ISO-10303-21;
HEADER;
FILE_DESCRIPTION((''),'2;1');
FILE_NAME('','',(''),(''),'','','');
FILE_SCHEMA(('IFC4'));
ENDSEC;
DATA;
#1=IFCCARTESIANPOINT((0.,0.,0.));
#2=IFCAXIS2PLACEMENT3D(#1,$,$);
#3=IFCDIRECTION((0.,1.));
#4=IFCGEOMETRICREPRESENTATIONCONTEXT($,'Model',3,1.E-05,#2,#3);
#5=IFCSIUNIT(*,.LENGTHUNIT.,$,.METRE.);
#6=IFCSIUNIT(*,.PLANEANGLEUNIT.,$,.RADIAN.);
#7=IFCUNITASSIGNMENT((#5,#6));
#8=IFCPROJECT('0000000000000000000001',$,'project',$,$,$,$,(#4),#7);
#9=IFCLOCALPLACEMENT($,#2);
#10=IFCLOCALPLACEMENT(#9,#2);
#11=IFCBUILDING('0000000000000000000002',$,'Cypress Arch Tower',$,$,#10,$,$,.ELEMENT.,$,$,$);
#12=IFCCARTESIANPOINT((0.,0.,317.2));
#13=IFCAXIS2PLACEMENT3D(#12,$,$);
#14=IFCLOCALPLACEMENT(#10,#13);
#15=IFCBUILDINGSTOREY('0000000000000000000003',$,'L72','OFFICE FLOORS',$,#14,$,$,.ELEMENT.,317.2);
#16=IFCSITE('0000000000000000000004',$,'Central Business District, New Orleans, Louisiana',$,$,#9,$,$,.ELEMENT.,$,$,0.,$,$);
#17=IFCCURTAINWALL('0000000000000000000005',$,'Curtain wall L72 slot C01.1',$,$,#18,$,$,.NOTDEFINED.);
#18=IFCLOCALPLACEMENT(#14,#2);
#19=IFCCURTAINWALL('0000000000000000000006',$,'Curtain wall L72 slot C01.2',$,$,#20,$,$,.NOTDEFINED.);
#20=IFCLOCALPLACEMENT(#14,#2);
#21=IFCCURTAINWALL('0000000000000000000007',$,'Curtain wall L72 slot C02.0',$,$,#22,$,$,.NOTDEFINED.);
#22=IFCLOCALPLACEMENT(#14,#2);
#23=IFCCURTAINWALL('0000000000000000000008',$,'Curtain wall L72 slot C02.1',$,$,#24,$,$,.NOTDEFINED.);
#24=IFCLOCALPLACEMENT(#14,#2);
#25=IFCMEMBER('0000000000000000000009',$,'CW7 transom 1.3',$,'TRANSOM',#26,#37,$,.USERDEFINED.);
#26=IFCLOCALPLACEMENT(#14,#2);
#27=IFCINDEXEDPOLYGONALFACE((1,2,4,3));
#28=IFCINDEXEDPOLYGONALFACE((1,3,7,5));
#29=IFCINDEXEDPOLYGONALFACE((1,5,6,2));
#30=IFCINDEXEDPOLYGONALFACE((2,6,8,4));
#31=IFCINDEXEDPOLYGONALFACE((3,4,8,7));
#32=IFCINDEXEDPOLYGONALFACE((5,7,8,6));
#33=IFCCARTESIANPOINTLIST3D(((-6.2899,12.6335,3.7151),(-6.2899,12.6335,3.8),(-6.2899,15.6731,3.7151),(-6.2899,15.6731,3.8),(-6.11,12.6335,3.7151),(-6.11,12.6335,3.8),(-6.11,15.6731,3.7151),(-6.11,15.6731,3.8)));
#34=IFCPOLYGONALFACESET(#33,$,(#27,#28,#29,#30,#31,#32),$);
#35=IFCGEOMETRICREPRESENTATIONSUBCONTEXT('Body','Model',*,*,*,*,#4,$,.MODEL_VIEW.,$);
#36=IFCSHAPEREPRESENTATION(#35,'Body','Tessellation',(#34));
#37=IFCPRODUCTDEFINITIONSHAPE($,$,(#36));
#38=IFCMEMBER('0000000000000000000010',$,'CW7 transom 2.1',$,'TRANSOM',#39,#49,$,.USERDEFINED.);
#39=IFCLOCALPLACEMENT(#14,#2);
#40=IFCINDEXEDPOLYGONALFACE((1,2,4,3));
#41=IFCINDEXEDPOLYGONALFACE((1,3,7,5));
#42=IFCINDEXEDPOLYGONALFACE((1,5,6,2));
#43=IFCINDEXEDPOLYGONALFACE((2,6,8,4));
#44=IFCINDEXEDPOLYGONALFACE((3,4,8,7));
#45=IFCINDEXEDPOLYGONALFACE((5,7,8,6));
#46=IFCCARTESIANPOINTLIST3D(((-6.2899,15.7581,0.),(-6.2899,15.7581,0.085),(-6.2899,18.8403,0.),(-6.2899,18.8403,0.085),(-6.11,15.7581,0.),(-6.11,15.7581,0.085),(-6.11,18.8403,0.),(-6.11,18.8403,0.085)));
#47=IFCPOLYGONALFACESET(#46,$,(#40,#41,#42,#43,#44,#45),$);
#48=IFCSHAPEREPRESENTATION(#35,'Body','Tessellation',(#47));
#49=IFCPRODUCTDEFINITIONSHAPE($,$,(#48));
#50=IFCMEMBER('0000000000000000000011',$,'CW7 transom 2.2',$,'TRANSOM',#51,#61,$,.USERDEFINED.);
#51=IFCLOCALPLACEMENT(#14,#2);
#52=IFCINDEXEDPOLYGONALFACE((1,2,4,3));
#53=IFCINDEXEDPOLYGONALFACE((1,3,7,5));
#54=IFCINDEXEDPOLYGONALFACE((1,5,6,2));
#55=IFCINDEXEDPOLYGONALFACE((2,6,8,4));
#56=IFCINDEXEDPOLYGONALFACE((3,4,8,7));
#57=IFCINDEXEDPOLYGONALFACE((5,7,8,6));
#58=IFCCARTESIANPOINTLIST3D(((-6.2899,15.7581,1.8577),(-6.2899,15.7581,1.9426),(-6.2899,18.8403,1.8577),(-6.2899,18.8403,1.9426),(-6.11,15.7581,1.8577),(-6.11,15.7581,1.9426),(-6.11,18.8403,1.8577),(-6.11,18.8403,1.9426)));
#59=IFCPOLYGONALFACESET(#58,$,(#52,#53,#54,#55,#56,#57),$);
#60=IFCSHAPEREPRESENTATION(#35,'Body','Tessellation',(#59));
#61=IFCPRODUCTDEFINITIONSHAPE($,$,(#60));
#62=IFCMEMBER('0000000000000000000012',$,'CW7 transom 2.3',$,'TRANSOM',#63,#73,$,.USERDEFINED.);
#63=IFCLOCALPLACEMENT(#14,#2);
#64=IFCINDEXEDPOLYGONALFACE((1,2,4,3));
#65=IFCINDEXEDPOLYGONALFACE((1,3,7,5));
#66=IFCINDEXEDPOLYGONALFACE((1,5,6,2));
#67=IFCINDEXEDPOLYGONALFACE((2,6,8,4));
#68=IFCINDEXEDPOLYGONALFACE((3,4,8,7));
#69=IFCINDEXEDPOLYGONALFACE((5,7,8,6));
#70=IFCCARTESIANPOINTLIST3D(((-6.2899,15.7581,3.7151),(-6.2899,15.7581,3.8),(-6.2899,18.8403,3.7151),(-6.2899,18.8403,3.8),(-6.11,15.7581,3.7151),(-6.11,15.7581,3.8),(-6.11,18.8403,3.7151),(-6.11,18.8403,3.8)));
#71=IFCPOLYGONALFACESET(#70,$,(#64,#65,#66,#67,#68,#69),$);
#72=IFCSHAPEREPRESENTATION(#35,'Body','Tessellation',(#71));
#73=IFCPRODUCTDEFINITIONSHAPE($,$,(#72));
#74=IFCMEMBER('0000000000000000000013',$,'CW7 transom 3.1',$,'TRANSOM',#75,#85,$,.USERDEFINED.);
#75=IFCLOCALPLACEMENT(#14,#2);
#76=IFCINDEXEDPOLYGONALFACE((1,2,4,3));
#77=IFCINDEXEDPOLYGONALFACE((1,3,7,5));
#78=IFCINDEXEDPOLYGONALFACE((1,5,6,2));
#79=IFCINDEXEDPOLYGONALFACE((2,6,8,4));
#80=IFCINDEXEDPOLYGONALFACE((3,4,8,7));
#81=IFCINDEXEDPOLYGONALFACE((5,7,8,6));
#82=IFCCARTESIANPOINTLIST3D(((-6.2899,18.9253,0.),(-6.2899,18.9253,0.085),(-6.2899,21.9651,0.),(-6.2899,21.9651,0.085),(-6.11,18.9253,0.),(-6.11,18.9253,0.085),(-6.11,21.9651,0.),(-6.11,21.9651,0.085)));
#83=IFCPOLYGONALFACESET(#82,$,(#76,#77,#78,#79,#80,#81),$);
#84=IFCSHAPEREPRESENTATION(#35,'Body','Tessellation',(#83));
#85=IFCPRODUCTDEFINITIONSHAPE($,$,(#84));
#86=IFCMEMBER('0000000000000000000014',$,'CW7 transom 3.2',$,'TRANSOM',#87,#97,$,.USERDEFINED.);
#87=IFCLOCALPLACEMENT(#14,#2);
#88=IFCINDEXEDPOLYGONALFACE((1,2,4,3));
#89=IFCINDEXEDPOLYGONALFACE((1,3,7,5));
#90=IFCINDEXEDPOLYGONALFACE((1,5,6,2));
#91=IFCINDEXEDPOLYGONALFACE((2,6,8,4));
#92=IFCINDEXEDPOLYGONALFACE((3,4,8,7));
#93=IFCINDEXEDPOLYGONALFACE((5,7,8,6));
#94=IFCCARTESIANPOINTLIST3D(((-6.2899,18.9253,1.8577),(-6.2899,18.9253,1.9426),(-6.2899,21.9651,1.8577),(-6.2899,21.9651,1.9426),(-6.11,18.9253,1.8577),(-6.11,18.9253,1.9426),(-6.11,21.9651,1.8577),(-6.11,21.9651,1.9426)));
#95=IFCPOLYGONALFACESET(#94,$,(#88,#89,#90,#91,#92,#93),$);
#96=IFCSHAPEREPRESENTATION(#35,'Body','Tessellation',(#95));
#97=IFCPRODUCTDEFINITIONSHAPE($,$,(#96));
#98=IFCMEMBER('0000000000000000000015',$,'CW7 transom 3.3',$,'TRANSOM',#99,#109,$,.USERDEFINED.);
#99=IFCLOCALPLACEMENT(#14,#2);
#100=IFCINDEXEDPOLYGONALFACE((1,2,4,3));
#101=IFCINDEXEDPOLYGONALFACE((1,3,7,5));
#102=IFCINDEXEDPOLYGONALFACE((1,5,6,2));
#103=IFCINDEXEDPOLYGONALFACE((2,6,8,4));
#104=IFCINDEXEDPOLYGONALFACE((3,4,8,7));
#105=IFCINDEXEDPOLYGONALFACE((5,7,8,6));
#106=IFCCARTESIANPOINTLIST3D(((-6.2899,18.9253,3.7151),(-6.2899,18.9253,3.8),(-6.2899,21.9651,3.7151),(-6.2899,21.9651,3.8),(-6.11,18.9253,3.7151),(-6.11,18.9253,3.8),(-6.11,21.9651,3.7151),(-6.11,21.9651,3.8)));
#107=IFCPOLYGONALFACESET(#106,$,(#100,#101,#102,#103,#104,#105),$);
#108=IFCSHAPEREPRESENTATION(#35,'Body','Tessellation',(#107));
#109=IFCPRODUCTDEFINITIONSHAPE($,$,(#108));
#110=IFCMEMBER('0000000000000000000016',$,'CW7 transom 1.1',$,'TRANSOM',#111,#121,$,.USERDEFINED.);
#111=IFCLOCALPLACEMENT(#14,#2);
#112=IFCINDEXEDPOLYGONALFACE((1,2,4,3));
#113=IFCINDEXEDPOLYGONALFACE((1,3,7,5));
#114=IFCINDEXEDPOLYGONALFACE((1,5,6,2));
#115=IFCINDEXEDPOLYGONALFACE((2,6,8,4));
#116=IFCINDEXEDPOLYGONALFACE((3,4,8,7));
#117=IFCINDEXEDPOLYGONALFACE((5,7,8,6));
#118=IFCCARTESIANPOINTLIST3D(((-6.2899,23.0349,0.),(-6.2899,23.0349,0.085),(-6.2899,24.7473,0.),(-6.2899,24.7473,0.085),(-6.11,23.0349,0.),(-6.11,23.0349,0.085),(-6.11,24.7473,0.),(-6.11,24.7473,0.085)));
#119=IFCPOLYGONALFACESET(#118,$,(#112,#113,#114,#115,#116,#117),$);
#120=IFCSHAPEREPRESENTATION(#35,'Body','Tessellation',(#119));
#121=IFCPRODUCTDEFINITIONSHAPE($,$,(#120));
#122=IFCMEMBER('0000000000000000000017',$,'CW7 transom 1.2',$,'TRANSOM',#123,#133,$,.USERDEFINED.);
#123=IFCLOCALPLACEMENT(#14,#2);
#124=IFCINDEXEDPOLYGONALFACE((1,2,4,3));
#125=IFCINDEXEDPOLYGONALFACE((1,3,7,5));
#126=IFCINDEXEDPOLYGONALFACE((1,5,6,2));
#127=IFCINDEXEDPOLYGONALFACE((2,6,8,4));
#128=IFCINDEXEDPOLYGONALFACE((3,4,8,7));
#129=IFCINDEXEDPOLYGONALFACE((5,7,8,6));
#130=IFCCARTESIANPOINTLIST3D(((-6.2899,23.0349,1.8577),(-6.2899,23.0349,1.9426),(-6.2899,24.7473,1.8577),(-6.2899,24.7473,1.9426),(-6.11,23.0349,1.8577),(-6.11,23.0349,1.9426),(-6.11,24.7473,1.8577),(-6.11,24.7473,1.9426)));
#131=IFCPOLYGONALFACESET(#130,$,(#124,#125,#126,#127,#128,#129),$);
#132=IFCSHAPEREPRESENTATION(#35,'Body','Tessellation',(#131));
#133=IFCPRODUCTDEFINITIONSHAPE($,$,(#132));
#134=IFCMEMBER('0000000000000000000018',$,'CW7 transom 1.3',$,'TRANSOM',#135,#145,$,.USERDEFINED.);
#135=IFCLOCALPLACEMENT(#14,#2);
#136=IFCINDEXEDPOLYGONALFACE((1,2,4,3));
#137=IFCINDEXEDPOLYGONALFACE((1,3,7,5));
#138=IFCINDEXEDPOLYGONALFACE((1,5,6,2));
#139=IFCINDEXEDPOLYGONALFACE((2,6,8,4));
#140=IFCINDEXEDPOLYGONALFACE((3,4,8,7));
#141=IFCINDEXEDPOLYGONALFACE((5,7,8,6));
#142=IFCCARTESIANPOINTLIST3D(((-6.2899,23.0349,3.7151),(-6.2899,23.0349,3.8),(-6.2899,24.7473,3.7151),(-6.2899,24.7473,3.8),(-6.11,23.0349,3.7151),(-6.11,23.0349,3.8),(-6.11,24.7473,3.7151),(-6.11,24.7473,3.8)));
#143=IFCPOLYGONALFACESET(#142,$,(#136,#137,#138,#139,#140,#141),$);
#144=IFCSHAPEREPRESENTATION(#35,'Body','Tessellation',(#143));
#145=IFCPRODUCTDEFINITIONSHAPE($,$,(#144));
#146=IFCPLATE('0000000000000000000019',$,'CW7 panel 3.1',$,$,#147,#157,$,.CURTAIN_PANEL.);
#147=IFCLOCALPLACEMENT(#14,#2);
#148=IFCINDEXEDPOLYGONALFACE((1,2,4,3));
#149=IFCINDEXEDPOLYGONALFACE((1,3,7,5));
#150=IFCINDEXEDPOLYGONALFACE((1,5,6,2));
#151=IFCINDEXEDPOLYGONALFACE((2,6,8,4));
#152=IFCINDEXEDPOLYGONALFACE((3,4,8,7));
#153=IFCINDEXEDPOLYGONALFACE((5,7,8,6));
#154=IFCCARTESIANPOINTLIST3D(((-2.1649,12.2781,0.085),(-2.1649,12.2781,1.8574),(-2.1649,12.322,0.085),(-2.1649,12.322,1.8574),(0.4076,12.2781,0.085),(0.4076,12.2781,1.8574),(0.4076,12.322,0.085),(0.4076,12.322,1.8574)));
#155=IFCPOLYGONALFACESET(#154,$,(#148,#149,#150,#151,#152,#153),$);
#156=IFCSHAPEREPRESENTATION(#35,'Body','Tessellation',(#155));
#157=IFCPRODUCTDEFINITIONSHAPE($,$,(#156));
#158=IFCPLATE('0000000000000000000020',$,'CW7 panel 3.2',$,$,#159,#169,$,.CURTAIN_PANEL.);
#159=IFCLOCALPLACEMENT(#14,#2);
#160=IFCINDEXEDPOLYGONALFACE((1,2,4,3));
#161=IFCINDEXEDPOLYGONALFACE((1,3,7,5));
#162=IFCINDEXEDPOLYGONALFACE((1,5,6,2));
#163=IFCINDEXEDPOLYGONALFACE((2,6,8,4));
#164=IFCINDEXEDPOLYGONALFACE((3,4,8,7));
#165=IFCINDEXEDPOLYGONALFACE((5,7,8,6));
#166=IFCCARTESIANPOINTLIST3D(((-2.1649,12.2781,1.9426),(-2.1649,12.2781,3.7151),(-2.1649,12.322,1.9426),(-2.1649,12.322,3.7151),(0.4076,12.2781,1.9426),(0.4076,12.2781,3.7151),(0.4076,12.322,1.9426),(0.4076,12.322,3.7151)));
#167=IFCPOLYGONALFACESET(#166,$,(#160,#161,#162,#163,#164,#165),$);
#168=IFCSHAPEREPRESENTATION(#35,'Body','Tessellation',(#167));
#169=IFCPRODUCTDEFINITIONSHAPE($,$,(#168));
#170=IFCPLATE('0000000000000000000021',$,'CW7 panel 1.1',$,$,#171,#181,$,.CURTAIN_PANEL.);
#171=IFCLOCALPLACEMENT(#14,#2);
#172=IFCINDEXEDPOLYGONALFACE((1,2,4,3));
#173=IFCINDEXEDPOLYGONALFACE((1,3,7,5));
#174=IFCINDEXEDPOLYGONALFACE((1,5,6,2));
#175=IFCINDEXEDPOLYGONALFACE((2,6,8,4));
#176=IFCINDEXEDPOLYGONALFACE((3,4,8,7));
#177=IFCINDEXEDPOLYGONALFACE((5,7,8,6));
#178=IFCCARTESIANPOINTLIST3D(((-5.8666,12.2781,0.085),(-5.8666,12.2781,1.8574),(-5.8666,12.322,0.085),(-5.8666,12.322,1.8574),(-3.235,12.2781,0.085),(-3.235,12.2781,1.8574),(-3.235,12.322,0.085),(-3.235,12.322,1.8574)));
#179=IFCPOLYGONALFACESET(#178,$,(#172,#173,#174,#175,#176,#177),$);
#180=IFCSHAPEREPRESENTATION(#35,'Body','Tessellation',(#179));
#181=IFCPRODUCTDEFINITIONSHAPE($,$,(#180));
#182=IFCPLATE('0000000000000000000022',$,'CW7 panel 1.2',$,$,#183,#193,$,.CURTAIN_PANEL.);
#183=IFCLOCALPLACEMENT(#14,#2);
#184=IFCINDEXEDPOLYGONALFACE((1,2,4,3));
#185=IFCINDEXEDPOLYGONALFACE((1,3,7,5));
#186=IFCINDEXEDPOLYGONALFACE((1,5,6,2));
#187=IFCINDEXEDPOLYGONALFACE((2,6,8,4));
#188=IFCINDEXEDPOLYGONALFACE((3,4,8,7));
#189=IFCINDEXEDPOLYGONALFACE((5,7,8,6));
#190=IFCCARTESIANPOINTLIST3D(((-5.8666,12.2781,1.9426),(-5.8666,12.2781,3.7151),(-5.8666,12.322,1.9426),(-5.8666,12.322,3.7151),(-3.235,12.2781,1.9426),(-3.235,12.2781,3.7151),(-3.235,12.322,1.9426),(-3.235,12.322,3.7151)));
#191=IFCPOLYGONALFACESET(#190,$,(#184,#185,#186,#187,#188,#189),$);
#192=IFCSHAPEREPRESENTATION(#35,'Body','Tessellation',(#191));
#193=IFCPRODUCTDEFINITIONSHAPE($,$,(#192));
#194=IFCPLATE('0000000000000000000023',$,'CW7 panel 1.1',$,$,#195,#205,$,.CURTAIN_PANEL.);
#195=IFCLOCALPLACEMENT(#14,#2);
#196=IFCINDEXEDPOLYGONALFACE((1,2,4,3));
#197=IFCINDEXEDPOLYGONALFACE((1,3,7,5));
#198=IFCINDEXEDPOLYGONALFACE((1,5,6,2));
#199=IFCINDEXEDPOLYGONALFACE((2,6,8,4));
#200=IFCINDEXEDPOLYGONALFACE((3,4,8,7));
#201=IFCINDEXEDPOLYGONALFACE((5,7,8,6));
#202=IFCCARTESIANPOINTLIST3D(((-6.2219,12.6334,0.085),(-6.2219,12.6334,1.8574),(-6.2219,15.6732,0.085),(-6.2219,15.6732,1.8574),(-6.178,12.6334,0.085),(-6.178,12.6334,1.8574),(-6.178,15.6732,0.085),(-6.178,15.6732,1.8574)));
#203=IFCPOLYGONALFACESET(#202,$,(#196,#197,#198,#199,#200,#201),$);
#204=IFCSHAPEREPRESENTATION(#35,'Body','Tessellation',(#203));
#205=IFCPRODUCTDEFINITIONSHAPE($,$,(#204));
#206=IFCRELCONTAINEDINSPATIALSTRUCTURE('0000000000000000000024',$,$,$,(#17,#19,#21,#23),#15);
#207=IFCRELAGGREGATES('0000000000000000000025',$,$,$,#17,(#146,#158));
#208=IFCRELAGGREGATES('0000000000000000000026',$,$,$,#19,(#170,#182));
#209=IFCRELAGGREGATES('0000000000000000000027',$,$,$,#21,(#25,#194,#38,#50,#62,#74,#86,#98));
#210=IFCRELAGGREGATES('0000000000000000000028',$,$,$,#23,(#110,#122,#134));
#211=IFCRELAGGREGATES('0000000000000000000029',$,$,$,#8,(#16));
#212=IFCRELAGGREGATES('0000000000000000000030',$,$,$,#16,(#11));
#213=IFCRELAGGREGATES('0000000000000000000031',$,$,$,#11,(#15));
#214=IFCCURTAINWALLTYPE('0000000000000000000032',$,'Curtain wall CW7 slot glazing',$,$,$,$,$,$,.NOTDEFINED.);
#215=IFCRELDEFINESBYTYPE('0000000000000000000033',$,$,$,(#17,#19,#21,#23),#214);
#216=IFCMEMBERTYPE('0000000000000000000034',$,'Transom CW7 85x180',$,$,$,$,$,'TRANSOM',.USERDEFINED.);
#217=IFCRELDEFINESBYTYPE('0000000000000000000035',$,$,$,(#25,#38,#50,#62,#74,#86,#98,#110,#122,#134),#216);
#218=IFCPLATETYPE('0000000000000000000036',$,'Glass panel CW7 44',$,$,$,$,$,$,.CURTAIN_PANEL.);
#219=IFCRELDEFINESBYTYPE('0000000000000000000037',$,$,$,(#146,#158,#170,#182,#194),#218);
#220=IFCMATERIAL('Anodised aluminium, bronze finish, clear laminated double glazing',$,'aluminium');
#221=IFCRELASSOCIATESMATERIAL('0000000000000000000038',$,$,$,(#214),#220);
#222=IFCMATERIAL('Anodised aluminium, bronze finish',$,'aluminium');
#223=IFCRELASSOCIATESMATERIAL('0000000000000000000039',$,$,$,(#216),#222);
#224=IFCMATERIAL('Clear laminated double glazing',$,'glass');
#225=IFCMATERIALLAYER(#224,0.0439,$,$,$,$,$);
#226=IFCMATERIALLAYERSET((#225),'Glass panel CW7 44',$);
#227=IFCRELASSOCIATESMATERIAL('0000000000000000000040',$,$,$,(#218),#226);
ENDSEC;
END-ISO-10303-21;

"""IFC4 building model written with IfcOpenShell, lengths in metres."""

from ifc_helpers import new_model, si_unit, direction, frame, origin, origin_2d, place, context, subcontext, project, spatial, rectangle, extrude, material, layer, layer_set, material_profile, profile_set, type_object, element, aggregate, save


model = new_model("IFC4")

# Units and contexts
model_context = context("Model", 3, precision=1e-05, world=origin(), true_north=direction((0.0, 1.0)))
body_context = subcontext(model_context, "Body", "Model", "MODEL_VIEW")
ifc_project = project(units=[si_unit("LENGTHUNIT", "METRE"), si_unit("PLANEANGLEUNIT", "RADIAN")], contexts=[model_context])

# Site, building, storey
site_placement = place(None, origin())
site = spatial("IfcSite", under=ifc_project, at=site_placement, Name="Central Business District, New Orleans, Louisiana", CompositionType="ELEMENT", RefElevation=0.0)
building_placement = place(site_placement, origin())
building = spatial("IfcBuilding", under=site, at=building_placement, Name="Cypress Arch Tower", CompositionType="ELEMENT")
storey_placement = place(building_placement, frame((0.0, 0.0, 317.2)))
storey = spatial("IfcBuildingStorey", under=building, at=storey_placement, Name="L72", Description="OFFICE FLOORS", CompositionType="ELEMENT", Elevation=317.2)

# Curtain wall
ifc_material_1 = material(Name="Anodised aluminium, bronze finish, clear laminated double glazing", Category="aluminium")
curtain_wall_type = type_object("IfcCurtainWallType", Name="Curtain wall CW7 slot glazing", PredefinedType="NOTDEFINED", material=ifc_material_1)
curtain_wall_1_placement = place(storey_placement, origin())
curtain_wall_1 = element("IfcCurtainWall", 1, at=curtain_wall_1_placement, inside=storey, type_object=curtain_wall_type, Name="Curtain wall L72 slot C01.1", PredefinedType="NOTDEFINED")

# Curtain walls
curtain_wall_2_placement = place(storey_placement, origin())
curtain_wall_2 = element("IfcCurtainWall", 2, at=curtain_wall_2_placement, inside=storey, type_object=curtain_wall_type, Name="Curtain wall L72 slot C01.2", PredefinedType="NOTDEFINED")
curtain_wall_3_placement = place(storey_placement, origin())
curtain_wall_3 = element("IfcCurtainWall", 3, at=curtain_wall_3_placement, inside=storey, type_object=curtain_wall_type, Name="Curtain wall L72 slot C02.0", PredefinedType="NOTDEFINED")
curtain_wall_4_placement = place(storey_placement, origin())
curtain_wall_4 = element("IfcCurtainWall", 4, at=curtain_wall_4_placement, inside=storey, type_object=curtain_wall_type, Name="Curtain wall L72 slot C02.1", PredefinedType="NOTDEFINED")

# Members
ifc_material_2 = material(Name="Anodised aluminium, bronze finish", Category="aluminium")
ifc_material_profile_1 = material_profile(ifc_material_2, rectangle(XDim=0.1799, YDim=0.085, at=origin_2d()), Name="Transom 85x180")
ifc_profile_set_1 = profile_set([ifc_material_profile_1], Name="Anodised aluminium, bronze finish")
member_type_1 = type_object("IfcMemberType", Name="Transom CW7 85x180", ElementType="TRANSOM", PredefinedType="USERDEFINED", material=ifc_profile_set_1)
member_1_placement = place(storey_placement, frame((-6.2, 12.6335, 3.7576), z_axis=(0.0, 1.0, 0.0), x_axis=(-1.0, 0.0, 0.0)))
member_1 = element("IfcMember", 5, at=member_1_placement, type_object=member_type_1, Name="CW7 transom 1.3", ObjectType="TRANSOM", PredefinedType="USERDEFINED", context=body_context, shape_type="SweptSolid", body=[
    extrude(rectangle(XDim=0.1799, YDim=0.085, at=origin_2d()), origin(), (0.0, 0.0, 1.0), 3.0396),
])
member_2_placement = place(storey_placement, frame((-6.2, 15.7581, 0.0425), z_axis=(0.0, 1.0, 0.0), x_axis=(-1.0, 0.0, 0.0)))
member_2 = element("IfcMember", 6, at=member_2_placement, type_object=member_type_1, Name="CW7 transom 2.1", ObjectType="TRANSOM", PredefinedType="USERDEFINED", context=body_context, shape_type="SweptSolid", body=[
    extrude(rectangle(XDim=0.1799, YDim=0.085, at=origin_2d()), origin(), (0.0, 0.0, 1.0), 3.0823),
])
member_3_placement = place(storey_placement, frame((-6.2, 15.7581, 1.9001), z_axis=(0.0, 1.0, 0.0), x_axis=(-1.0, 0.0, 0.0)))
member_3 = element("IfcMember", 7, at=member_3_placement, type_object=member_type_1, Name="CW7 transom 2.2", ObjectType="TRANSOM", PredefinedType="USERDEFINED", context=body_context, shape_type="SweptSolid", body=[
    extrude(rectangle(XDim=0.1799, YDim=0.085, at=origin_2d()), origin(), (0.0, 0.0, 1.0), 3.0823),
])
member_4_placement = place(storey_placement, frame((-6.2, 15.7581, 3.7576), z_axis=(0.0, 1.0, 0.0), x_axis=(-1.0, 0.0, 0.0)))
member_4 = element("IfcMember", 8, at=member_4_placement, type_object=member_type_1, Name="CW7 transom 2.3", ObjectType="TRANSOM", PredefinedType="USERDEFINED", context=body_context, shape_type="SweptSolid", body=[
    extrude(rectangle(XDim=0.1799, YDim=0.085, at=origin_2d()), origin(), (0.0, 0.0, 1.0), 3.0823),
])
member_5_placement = place(storey_placement, frame((-6.2, 18.9253, 0.0425), z_axis=(0.0, 1.0, 0.0), x_axis=(-1.0, 0.0, 0.0)))
member_5 = element("IfcMember", 9, at=member_5_placement, type_object=member_type_1, Name="CW7 transom 3.1", ObjectType="TRANSOM", PredefinedType="USERDEFINED", context=body_context, shape_type="SweptSolid", body=[
    extrude(rectangle(XDim=0.1799, YDim=0.085, at=origin_2d()), origin(), (0.0, 0.0, 1.0), 3.0398),
])
member_6_placement = place(storey_placement, frame((-6.2, 18.9253, 1.9001), z_axis=(0.0, 1.0, 0.0), x_axis=(-1.0, 0.0, 0.0)))
member_6 = element("IfcMember", 10, at=member_6_placement, type_object=member_type_1, Name="CW7 transom 3.2", ObjectType="TRANSOM", PredefinedType="USERDEFINED", context=body_context, shape_type="SweptSolid", body=[
    extrude(rectangle(XDim=0.1799, YDim=0.085, at=origin_2d()), origin(), (0.0, 0.0, 1.0), 3.0398),
])
member_7_placement = place(storey_placement, frame((-6.2, 18.9253, 3.7576), z_axis=(0.0, 1.0, 0.0), x_axis=(-1.0, 0.0, 0.0)))
member_7 = element("IfcMember", 11, at=member_7_placement, type_object=member_type_1, Name="CW7 transom 3.3", ObjectType="TRANSOM", PredefinedType="USERDEFINED", context=body_context, shape_type="SweptSolid", body=[
    extrude(rectangle(XDim=0.1799, YDim=0.085, at=origin_2d()), origin(), (0.0, 0.0, 1.0), 3.0398),
])
member_8_placement = place(storey_placement, frame((-6.2, 23.0349, 0.0425), z_axis=(0.0, 1.0, 0.0), x_axis=(-1.0, 0.0, 0.0)))
member_8 = element("IfcMember", 12, at=member_8_placement, type_object=member_type_1, Name="CW7 transom 1.1", ObjectType="TRANSOM", PredefinedType="USERDEFINED", context=body_context, shape_type="SweptSolid", body=[
    extrude(rectangle(XDim=0.1799, YDim=0.085, at=origin_2d()), origin(), (0.0, 0.0, 1.0), 1.7124),
])
member_9_placement = place(storey_placement, frame((-6.2, 23.0349, 1.9001), z_axis=(0.0, 1.0, 0.0), x_axis=(-1.0, 0.0, 0.0)))
member_9 = element("IfcMember", 13, at=member_9_placement, type_object=member_type_1, Name="CW7 transom 1.2", ObjectType="TRANSOM", PredefinedType="USERDEFINED", context=body_context, shape_type="SweptSolid", body=[
    extrude(rectangle(XDim=0.1799, YDim=0.085, at=origin_2d()), origin(), (0.0, 0.0, 1.0), 1.7124),
])
member_10_placement = place(storey_placement, frame((-6.2, 23.0349, 3.7576), z_axis=(0.0, 1.0, 0.0), x_axis=(-1.0, 0.0, 0.0)))
member_10 = element("IfcMember", 14, at=member_10_placement, type_object=member_type_1, Name="CW7 transom 1.3", ObjectType="TRANSOM", PredefinedType="USERDEFINED", context=body_context, shape_type="SweptSolid", body=[
    extrude(rectangle(XDim=0.1799, YDim=0.085, at=origin_2d()), origin(), (0.0, 0.0, 1.0), 1.7124),
])

# Plates
ifc_material_3 = material(Name="Clear laminated double glazing", Category="glass")
ifc_layer_1 = layer(ifc_material_3, 0.0439)
ifc_layer_set_1 = layer_set([ifc_layer_1], Name="Glass panel CW7 44")
plate_type = type_object("IfcPlateType", Name="Glass panel CW7 44", PredefinedType="CURTAIN_PANEL", material=ifc_layer_set_1)
plate_1_placement = place(storey_placement, frame((-0.8787, 12.3, 0.085), z_axis=(0.0, 0.0, 1.0), x_axis=(-1.0, 0.0, 0.0)))
plate_1 = element("IfcPlate", 15, at=plate_1_placement, type_object=plate_type, Name="CW7 panel 3.1", PredefinedType="CURTAIN_PANEL", context=body_context, shape_type="SweptSolid", body=[
    extrude(rectangle(XDim=2.5725, YDim=0.0439, at=origin_2d()), origin(), (0.0, 0.0, 1.0), 1.7725),
])
plate_2_placement = place(storey_placement, frame((-0.8787, 12.3, 1.9426), z_axis=(0.0, 0.0, 1.0), x_axis=(-1.0, 0.0, 0.0)))
plate_2 = element("IfcPlate", 16, at=plate_2_placement, type_object=plate_type, Name="CW7 panel 3.2", PredefinedType="CURTAIN_PANEL", context=body_context, shape_type="SweptSolid", body=[
    extrude(rectangle(XDim=2.5725, YDim=0.0439, at=origin_2d()), origin(), (0.0, 0.0, 1.0), 1.7725),
])
aggregate(curtain_wall_1, [plate_1, plate_2])
plate_3_placement = place(storey_placement, frame((-4.5508, 12.3, 0.085), z_axis=(0.0, 0.0, 1.0), x_axis=(-1.0, 0.0, 0.0)))
plate_3 = element("IfcPlate", 17, at=plate_3_placement, type_object=plate_type, Name="CW7 panel 1.1", PredefinedType="CURTAIN_PANEL", context=body_context, shape_type="SweptSolid", body=[
    extrude(rectangle(XDim=2.6316, YDim=0.0439, at=origin_2d()), origin(), (0.0, 0.0, 1.0), 1.7725),
])
plate_4_placement = place(storey_placement, frame((-4.5508, 12.3, 1.9426), z_axis=(0.0, 0.0, 1.0), x_axis=(-1.0, 0.0, 0.0)))
plate_4 = element("IfcPlate", 18, at=plate_4_placement, type_object=plate_type, Name="CW7 panel 1.2", PredefinedType="CURTAIN_PANEL", context=body_context, shape_type="SweptSolid", body=[
    extrude(rectangle(XDim=2.6316, YDim=0.0439, at=origin_2d()), origin(), (0.0, 0.0, 1.0), 1.7725),
])
aggregate(curtain_wall_2, [plate_3, plate_4])
plate_5_placement = place(storey_placement, frame((-6.2, 14.1533, 0.085), z_axis=(0.0, 0.0, 1.0), x_axis=(0.0, 1.0, 0.0)))
plate_5 = element("IfcPlate", 19, at=plate_5_placement, type_object=plate_type, Name="CW7 panel 1.1", PredefinedType="CURTAIN_PANEL", context=body_context, shape_type="SweptSolid", body=[
    extrude(rectangle(XDim=3.0398, YDim=0.0439, at=origin_2d()), origin(), (0.0, 0.0, 1.0), 1.7725),
])
aggregate(curtain_wall_3, [member_1, plate_5, member_2, member_3, member_4, member_5, member_6, member_7])
aggregate(curtain_wall_4, [member_8, member_9, member_10])

save(model, "model.ifc")
